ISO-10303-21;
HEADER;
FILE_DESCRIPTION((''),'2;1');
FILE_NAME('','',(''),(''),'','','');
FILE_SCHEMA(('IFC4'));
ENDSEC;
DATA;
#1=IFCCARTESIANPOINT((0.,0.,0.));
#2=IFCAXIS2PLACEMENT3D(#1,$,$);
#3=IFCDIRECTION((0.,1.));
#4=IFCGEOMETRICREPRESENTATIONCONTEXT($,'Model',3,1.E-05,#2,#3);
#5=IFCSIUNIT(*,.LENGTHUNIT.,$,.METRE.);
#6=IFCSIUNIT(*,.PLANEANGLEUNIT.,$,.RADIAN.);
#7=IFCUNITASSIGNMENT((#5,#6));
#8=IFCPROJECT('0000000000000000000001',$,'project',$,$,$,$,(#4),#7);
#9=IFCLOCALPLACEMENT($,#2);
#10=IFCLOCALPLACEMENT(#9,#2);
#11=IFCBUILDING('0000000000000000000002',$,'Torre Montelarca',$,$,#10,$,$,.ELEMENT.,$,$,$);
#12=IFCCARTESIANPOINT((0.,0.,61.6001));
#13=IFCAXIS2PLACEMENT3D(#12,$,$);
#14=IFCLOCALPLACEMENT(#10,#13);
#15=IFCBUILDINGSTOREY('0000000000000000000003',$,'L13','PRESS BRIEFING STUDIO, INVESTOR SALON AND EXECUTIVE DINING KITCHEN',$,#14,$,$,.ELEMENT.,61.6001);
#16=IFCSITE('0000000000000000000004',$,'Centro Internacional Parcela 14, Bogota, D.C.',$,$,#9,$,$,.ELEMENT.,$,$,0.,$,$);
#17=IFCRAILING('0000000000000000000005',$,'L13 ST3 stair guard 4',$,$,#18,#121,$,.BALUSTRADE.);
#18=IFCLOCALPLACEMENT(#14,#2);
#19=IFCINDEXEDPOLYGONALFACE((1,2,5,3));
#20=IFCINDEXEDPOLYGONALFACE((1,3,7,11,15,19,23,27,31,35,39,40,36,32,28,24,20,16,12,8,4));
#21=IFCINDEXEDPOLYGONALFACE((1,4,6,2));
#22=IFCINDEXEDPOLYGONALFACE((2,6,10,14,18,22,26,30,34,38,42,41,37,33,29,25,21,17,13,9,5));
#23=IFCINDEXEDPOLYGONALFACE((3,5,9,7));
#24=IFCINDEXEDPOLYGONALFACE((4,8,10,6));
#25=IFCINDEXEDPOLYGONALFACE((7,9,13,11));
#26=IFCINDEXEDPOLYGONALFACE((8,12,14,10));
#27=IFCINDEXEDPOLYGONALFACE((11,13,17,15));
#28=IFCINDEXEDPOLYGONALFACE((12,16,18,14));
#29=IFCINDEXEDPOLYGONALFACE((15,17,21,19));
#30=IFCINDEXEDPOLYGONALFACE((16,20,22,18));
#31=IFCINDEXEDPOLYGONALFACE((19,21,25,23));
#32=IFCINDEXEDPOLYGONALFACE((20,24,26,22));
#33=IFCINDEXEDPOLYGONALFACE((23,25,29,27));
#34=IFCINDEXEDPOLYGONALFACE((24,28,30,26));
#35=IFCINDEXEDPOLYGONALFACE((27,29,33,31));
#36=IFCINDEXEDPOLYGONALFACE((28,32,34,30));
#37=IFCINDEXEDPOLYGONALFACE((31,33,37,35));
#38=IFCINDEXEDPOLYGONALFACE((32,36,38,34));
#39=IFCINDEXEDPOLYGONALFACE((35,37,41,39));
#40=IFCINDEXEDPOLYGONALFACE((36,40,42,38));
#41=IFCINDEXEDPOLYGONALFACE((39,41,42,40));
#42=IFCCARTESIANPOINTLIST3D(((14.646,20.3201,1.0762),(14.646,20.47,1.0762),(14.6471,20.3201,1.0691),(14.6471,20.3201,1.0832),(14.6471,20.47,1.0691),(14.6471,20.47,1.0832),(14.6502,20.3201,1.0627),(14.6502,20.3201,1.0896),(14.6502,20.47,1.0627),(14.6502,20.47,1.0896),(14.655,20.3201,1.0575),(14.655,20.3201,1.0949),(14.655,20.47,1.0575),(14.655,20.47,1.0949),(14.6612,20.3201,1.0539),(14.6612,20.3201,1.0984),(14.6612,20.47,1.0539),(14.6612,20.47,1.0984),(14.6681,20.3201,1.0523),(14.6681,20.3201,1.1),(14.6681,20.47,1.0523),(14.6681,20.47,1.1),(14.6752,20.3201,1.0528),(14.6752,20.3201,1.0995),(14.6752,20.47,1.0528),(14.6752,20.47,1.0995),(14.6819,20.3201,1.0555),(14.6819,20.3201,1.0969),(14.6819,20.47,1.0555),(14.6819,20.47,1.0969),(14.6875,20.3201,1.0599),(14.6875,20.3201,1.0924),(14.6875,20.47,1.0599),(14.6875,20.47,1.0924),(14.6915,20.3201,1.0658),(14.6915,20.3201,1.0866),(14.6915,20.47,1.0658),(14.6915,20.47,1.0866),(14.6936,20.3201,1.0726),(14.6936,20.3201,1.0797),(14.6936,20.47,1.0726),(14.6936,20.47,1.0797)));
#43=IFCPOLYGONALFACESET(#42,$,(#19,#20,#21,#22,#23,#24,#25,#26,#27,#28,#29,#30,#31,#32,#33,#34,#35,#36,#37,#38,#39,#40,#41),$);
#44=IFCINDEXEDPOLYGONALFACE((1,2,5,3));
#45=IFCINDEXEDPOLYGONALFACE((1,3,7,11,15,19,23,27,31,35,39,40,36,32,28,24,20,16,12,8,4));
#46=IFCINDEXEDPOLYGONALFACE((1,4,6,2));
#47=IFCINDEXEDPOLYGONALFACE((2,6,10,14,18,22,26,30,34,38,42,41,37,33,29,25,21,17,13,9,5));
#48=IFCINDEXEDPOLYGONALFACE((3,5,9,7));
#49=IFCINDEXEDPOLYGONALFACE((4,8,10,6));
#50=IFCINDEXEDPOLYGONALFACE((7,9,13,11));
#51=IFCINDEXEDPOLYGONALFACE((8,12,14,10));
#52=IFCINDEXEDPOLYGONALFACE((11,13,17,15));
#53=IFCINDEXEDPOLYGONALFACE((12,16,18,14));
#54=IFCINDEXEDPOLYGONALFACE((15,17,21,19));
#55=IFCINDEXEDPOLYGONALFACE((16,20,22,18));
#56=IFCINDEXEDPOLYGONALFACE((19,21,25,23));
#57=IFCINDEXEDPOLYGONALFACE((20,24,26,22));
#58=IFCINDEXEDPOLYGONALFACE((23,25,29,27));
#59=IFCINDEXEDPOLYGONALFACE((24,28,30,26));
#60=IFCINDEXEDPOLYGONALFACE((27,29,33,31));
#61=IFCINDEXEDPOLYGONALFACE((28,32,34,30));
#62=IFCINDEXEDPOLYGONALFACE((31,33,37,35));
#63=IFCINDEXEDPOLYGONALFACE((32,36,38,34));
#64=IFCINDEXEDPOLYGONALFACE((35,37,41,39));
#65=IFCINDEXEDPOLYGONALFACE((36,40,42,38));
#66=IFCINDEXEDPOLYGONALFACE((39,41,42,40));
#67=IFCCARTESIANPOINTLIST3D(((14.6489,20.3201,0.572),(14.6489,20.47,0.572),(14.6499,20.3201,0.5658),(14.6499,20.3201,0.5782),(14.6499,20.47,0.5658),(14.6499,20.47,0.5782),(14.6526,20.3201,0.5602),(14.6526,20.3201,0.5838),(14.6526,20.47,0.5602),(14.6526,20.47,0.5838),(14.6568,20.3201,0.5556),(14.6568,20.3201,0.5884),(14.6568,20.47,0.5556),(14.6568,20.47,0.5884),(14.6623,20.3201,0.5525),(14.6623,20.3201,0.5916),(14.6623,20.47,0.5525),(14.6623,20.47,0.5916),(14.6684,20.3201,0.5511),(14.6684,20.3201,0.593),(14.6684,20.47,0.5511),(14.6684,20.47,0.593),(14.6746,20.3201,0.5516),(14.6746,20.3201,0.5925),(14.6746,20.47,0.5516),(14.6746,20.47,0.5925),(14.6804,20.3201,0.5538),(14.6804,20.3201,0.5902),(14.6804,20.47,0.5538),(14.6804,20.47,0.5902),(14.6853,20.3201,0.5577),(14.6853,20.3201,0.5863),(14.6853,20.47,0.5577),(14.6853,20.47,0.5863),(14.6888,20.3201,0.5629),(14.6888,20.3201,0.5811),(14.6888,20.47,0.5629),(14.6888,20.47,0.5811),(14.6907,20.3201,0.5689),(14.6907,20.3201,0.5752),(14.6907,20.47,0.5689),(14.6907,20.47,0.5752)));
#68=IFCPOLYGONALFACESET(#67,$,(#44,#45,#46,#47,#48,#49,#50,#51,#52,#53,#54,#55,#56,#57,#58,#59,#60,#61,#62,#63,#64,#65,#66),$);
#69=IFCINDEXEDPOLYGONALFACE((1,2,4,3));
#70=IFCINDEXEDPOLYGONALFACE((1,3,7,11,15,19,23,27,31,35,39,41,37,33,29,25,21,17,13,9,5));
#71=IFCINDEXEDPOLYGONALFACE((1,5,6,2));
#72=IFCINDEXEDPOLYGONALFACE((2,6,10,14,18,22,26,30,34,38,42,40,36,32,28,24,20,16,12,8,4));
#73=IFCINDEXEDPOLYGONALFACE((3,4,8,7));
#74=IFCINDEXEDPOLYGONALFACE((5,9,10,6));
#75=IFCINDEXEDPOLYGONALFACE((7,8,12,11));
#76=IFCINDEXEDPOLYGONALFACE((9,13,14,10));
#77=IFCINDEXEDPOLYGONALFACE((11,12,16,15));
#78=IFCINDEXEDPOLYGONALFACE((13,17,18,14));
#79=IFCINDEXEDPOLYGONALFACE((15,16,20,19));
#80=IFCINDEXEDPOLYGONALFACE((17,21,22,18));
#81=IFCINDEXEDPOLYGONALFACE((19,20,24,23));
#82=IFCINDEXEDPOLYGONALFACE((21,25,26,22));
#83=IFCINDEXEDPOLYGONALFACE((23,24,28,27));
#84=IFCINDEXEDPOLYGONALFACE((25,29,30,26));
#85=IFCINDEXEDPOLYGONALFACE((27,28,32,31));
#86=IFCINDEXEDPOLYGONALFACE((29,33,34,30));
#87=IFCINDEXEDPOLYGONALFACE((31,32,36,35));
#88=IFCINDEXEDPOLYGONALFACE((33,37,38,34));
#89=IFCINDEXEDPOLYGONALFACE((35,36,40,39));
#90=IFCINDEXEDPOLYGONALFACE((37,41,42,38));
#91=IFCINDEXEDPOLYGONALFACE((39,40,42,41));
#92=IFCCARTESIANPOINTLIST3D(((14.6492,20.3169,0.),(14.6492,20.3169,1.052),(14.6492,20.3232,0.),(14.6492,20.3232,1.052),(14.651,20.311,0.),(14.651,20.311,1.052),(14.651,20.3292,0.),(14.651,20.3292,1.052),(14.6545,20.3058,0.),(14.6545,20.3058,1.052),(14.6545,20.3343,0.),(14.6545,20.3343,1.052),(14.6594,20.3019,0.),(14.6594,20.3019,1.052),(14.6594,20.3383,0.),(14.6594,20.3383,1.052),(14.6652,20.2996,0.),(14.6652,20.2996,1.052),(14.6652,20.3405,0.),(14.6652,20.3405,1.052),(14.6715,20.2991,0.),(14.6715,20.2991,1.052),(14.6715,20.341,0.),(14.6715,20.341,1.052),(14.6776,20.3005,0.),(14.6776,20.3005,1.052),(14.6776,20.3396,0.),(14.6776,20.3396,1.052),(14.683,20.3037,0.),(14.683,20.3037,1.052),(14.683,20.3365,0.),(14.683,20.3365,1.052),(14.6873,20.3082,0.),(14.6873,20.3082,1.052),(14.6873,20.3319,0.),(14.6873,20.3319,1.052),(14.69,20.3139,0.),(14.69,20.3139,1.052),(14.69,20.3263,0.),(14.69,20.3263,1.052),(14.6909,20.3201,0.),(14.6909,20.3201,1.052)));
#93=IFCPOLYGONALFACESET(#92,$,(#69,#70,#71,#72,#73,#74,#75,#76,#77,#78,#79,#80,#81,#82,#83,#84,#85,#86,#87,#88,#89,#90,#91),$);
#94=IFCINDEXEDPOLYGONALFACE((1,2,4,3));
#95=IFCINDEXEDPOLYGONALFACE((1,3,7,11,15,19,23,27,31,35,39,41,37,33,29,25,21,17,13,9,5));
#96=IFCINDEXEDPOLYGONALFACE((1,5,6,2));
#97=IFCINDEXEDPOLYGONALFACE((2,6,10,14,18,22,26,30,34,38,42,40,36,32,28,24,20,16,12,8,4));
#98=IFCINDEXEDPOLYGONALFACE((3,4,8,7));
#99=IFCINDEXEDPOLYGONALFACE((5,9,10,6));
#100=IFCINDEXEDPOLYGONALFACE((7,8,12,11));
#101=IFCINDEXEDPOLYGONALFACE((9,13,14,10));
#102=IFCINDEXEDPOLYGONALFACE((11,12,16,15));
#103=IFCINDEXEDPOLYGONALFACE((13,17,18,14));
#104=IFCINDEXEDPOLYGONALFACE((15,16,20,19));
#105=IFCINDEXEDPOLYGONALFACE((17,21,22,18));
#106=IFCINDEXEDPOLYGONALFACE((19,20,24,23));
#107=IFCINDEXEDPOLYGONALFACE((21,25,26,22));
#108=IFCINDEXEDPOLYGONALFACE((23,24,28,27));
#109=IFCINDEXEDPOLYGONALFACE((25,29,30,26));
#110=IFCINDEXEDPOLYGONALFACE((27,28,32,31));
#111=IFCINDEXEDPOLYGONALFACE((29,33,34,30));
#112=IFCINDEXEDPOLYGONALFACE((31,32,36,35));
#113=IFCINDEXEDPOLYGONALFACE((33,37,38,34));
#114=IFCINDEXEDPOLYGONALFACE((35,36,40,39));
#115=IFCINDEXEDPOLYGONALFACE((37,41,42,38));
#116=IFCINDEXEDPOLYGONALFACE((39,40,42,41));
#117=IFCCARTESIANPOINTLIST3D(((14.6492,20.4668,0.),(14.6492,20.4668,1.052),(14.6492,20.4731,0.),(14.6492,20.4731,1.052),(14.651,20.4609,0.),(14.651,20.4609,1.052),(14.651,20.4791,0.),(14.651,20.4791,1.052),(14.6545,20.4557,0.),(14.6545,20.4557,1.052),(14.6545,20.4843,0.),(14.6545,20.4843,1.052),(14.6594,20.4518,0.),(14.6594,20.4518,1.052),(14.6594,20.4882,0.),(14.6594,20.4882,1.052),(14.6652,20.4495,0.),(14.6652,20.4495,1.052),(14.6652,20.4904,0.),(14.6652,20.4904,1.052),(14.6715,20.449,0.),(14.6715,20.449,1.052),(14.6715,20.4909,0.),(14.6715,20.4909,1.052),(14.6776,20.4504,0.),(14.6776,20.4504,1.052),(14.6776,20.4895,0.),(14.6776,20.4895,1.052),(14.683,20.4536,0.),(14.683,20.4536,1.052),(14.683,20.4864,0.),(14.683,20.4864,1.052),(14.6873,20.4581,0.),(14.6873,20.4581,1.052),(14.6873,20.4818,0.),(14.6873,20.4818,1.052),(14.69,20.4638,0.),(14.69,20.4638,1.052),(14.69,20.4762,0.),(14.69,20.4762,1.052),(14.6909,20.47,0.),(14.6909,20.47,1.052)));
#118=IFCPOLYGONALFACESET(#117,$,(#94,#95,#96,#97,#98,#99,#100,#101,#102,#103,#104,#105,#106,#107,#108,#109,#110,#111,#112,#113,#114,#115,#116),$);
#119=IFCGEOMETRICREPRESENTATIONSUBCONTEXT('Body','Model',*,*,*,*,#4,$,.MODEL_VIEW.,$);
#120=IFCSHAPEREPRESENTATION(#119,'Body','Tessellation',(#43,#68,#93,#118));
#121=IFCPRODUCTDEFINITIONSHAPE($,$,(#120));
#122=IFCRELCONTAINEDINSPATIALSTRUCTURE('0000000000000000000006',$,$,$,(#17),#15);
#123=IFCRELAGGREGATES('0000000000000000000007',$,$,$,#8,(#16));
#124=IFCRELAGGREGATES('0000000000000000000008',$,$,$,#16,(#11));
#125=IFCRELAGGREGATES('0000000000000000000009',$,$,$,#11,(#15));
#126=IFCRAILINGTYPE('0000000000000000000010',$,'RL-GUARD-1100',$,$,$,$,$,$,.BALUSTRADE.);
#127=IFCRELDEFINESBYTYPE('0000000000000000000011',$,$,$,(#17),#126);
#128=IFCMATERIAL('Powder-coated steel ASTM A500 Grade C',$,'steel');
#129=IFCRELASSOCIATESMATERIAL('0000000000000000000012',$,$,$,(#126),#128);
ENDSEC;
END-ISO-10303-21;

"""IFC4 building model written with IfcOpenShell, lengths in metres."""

from ifc_helpers import new_model, si_unit, direction, frame, origin, origin_2d, place, context, subcontext, project, spatial, circle, extrude, material, type_object, element, save


model = new_model("IFC4")

# Units and contexts
model_context = context("Model", 3, precision=1e-05, world=origin(), true_north=direction((0.0, 1.0)))
body_context = subcontext(model_context, "Body", "Model", "MODEL_VIEW")
ifc_project = project(units=[si_unit("LENGTHUNIT", "METRE"), si_unit("PLANEANGLEUNIT", "RADIAN")], contexts=[model_context])

# Site, building, storey
site_placement = place(None, origin())
site = spatial("IfcSite", under=ifc_project, at=site_placement, Name="Centro Internacional Parcela 14, Bogota, D.C.", CompositionType="ELEMENT", RefElevation=0.0)
building_placement = place(site_placement, origin())
building = spatial("IfcBuilding", under=site, at=building_placement, Name="Torre Montelarca", CompositionType="ELEMENT")
storey_placement = place(building_placement, frame((0.0, 0.0, 61.6001)))
storey = spatial("IfcBuildingStorey", under=building, at=storey_placement, Name="L13", Description="PRESS BRIEFING STUDIO, INVESTOR SALON AND EXECUTIVE DINING KITCHEN", CompositionType="ELEMENT", Elevation=61.6001)

# Railing
ifc_material_1 = material(Name="Powder-coated steel ASTM A500 Grade C", Category="steel")
railing_type_1 = type_object("IfcRailingType", Name="RL-GUARD-1100", PredefinedType="BALUSTRADE", material=ifc_material_1)
railing_1_placement = place(storey_placement, frame((14.6699, 20.3201, 0.0)))
element("IfcRailing", 1, at=railing_1_placement, inside=storey, type_object=railing_type_1, Name="L13 ST3 stair guard 4", PredefinedType="BALUSTRADE", context=body_context, shape_type="SweptSolid", body=[
    extrude(circle(Radius=0.0239, at=origin_2d()), frame((0.0, 0.0, 1.0762), z_axis=(0.0, 1.0, 0.0), x_axis=(-1.0, 0.0, 0.0)), (0.0, 0.0, 1.0), 0.1499),
    extrude(circle(Radius=0.021, at=origin_2d()), frame((0.0, 0.0, 0.572), z_axis=(0.0, 1.0, 0.0), x_axis=(-1.0, 0.0, 0.0)), (0.0, 0.0, 1.0), 0.1499),
    extrude(circle(Radius=0.021, at=origin_2d()), origin(), (0.0, 0.0, 1.0), 1.052),
    extrude(circle(Radius=0.021, at=origin_2d()), frame((0.0, 0.1499, 0.0)), (0.0, 0.0, 1.0), 1.052),
])

save(model, "model.ifc")
